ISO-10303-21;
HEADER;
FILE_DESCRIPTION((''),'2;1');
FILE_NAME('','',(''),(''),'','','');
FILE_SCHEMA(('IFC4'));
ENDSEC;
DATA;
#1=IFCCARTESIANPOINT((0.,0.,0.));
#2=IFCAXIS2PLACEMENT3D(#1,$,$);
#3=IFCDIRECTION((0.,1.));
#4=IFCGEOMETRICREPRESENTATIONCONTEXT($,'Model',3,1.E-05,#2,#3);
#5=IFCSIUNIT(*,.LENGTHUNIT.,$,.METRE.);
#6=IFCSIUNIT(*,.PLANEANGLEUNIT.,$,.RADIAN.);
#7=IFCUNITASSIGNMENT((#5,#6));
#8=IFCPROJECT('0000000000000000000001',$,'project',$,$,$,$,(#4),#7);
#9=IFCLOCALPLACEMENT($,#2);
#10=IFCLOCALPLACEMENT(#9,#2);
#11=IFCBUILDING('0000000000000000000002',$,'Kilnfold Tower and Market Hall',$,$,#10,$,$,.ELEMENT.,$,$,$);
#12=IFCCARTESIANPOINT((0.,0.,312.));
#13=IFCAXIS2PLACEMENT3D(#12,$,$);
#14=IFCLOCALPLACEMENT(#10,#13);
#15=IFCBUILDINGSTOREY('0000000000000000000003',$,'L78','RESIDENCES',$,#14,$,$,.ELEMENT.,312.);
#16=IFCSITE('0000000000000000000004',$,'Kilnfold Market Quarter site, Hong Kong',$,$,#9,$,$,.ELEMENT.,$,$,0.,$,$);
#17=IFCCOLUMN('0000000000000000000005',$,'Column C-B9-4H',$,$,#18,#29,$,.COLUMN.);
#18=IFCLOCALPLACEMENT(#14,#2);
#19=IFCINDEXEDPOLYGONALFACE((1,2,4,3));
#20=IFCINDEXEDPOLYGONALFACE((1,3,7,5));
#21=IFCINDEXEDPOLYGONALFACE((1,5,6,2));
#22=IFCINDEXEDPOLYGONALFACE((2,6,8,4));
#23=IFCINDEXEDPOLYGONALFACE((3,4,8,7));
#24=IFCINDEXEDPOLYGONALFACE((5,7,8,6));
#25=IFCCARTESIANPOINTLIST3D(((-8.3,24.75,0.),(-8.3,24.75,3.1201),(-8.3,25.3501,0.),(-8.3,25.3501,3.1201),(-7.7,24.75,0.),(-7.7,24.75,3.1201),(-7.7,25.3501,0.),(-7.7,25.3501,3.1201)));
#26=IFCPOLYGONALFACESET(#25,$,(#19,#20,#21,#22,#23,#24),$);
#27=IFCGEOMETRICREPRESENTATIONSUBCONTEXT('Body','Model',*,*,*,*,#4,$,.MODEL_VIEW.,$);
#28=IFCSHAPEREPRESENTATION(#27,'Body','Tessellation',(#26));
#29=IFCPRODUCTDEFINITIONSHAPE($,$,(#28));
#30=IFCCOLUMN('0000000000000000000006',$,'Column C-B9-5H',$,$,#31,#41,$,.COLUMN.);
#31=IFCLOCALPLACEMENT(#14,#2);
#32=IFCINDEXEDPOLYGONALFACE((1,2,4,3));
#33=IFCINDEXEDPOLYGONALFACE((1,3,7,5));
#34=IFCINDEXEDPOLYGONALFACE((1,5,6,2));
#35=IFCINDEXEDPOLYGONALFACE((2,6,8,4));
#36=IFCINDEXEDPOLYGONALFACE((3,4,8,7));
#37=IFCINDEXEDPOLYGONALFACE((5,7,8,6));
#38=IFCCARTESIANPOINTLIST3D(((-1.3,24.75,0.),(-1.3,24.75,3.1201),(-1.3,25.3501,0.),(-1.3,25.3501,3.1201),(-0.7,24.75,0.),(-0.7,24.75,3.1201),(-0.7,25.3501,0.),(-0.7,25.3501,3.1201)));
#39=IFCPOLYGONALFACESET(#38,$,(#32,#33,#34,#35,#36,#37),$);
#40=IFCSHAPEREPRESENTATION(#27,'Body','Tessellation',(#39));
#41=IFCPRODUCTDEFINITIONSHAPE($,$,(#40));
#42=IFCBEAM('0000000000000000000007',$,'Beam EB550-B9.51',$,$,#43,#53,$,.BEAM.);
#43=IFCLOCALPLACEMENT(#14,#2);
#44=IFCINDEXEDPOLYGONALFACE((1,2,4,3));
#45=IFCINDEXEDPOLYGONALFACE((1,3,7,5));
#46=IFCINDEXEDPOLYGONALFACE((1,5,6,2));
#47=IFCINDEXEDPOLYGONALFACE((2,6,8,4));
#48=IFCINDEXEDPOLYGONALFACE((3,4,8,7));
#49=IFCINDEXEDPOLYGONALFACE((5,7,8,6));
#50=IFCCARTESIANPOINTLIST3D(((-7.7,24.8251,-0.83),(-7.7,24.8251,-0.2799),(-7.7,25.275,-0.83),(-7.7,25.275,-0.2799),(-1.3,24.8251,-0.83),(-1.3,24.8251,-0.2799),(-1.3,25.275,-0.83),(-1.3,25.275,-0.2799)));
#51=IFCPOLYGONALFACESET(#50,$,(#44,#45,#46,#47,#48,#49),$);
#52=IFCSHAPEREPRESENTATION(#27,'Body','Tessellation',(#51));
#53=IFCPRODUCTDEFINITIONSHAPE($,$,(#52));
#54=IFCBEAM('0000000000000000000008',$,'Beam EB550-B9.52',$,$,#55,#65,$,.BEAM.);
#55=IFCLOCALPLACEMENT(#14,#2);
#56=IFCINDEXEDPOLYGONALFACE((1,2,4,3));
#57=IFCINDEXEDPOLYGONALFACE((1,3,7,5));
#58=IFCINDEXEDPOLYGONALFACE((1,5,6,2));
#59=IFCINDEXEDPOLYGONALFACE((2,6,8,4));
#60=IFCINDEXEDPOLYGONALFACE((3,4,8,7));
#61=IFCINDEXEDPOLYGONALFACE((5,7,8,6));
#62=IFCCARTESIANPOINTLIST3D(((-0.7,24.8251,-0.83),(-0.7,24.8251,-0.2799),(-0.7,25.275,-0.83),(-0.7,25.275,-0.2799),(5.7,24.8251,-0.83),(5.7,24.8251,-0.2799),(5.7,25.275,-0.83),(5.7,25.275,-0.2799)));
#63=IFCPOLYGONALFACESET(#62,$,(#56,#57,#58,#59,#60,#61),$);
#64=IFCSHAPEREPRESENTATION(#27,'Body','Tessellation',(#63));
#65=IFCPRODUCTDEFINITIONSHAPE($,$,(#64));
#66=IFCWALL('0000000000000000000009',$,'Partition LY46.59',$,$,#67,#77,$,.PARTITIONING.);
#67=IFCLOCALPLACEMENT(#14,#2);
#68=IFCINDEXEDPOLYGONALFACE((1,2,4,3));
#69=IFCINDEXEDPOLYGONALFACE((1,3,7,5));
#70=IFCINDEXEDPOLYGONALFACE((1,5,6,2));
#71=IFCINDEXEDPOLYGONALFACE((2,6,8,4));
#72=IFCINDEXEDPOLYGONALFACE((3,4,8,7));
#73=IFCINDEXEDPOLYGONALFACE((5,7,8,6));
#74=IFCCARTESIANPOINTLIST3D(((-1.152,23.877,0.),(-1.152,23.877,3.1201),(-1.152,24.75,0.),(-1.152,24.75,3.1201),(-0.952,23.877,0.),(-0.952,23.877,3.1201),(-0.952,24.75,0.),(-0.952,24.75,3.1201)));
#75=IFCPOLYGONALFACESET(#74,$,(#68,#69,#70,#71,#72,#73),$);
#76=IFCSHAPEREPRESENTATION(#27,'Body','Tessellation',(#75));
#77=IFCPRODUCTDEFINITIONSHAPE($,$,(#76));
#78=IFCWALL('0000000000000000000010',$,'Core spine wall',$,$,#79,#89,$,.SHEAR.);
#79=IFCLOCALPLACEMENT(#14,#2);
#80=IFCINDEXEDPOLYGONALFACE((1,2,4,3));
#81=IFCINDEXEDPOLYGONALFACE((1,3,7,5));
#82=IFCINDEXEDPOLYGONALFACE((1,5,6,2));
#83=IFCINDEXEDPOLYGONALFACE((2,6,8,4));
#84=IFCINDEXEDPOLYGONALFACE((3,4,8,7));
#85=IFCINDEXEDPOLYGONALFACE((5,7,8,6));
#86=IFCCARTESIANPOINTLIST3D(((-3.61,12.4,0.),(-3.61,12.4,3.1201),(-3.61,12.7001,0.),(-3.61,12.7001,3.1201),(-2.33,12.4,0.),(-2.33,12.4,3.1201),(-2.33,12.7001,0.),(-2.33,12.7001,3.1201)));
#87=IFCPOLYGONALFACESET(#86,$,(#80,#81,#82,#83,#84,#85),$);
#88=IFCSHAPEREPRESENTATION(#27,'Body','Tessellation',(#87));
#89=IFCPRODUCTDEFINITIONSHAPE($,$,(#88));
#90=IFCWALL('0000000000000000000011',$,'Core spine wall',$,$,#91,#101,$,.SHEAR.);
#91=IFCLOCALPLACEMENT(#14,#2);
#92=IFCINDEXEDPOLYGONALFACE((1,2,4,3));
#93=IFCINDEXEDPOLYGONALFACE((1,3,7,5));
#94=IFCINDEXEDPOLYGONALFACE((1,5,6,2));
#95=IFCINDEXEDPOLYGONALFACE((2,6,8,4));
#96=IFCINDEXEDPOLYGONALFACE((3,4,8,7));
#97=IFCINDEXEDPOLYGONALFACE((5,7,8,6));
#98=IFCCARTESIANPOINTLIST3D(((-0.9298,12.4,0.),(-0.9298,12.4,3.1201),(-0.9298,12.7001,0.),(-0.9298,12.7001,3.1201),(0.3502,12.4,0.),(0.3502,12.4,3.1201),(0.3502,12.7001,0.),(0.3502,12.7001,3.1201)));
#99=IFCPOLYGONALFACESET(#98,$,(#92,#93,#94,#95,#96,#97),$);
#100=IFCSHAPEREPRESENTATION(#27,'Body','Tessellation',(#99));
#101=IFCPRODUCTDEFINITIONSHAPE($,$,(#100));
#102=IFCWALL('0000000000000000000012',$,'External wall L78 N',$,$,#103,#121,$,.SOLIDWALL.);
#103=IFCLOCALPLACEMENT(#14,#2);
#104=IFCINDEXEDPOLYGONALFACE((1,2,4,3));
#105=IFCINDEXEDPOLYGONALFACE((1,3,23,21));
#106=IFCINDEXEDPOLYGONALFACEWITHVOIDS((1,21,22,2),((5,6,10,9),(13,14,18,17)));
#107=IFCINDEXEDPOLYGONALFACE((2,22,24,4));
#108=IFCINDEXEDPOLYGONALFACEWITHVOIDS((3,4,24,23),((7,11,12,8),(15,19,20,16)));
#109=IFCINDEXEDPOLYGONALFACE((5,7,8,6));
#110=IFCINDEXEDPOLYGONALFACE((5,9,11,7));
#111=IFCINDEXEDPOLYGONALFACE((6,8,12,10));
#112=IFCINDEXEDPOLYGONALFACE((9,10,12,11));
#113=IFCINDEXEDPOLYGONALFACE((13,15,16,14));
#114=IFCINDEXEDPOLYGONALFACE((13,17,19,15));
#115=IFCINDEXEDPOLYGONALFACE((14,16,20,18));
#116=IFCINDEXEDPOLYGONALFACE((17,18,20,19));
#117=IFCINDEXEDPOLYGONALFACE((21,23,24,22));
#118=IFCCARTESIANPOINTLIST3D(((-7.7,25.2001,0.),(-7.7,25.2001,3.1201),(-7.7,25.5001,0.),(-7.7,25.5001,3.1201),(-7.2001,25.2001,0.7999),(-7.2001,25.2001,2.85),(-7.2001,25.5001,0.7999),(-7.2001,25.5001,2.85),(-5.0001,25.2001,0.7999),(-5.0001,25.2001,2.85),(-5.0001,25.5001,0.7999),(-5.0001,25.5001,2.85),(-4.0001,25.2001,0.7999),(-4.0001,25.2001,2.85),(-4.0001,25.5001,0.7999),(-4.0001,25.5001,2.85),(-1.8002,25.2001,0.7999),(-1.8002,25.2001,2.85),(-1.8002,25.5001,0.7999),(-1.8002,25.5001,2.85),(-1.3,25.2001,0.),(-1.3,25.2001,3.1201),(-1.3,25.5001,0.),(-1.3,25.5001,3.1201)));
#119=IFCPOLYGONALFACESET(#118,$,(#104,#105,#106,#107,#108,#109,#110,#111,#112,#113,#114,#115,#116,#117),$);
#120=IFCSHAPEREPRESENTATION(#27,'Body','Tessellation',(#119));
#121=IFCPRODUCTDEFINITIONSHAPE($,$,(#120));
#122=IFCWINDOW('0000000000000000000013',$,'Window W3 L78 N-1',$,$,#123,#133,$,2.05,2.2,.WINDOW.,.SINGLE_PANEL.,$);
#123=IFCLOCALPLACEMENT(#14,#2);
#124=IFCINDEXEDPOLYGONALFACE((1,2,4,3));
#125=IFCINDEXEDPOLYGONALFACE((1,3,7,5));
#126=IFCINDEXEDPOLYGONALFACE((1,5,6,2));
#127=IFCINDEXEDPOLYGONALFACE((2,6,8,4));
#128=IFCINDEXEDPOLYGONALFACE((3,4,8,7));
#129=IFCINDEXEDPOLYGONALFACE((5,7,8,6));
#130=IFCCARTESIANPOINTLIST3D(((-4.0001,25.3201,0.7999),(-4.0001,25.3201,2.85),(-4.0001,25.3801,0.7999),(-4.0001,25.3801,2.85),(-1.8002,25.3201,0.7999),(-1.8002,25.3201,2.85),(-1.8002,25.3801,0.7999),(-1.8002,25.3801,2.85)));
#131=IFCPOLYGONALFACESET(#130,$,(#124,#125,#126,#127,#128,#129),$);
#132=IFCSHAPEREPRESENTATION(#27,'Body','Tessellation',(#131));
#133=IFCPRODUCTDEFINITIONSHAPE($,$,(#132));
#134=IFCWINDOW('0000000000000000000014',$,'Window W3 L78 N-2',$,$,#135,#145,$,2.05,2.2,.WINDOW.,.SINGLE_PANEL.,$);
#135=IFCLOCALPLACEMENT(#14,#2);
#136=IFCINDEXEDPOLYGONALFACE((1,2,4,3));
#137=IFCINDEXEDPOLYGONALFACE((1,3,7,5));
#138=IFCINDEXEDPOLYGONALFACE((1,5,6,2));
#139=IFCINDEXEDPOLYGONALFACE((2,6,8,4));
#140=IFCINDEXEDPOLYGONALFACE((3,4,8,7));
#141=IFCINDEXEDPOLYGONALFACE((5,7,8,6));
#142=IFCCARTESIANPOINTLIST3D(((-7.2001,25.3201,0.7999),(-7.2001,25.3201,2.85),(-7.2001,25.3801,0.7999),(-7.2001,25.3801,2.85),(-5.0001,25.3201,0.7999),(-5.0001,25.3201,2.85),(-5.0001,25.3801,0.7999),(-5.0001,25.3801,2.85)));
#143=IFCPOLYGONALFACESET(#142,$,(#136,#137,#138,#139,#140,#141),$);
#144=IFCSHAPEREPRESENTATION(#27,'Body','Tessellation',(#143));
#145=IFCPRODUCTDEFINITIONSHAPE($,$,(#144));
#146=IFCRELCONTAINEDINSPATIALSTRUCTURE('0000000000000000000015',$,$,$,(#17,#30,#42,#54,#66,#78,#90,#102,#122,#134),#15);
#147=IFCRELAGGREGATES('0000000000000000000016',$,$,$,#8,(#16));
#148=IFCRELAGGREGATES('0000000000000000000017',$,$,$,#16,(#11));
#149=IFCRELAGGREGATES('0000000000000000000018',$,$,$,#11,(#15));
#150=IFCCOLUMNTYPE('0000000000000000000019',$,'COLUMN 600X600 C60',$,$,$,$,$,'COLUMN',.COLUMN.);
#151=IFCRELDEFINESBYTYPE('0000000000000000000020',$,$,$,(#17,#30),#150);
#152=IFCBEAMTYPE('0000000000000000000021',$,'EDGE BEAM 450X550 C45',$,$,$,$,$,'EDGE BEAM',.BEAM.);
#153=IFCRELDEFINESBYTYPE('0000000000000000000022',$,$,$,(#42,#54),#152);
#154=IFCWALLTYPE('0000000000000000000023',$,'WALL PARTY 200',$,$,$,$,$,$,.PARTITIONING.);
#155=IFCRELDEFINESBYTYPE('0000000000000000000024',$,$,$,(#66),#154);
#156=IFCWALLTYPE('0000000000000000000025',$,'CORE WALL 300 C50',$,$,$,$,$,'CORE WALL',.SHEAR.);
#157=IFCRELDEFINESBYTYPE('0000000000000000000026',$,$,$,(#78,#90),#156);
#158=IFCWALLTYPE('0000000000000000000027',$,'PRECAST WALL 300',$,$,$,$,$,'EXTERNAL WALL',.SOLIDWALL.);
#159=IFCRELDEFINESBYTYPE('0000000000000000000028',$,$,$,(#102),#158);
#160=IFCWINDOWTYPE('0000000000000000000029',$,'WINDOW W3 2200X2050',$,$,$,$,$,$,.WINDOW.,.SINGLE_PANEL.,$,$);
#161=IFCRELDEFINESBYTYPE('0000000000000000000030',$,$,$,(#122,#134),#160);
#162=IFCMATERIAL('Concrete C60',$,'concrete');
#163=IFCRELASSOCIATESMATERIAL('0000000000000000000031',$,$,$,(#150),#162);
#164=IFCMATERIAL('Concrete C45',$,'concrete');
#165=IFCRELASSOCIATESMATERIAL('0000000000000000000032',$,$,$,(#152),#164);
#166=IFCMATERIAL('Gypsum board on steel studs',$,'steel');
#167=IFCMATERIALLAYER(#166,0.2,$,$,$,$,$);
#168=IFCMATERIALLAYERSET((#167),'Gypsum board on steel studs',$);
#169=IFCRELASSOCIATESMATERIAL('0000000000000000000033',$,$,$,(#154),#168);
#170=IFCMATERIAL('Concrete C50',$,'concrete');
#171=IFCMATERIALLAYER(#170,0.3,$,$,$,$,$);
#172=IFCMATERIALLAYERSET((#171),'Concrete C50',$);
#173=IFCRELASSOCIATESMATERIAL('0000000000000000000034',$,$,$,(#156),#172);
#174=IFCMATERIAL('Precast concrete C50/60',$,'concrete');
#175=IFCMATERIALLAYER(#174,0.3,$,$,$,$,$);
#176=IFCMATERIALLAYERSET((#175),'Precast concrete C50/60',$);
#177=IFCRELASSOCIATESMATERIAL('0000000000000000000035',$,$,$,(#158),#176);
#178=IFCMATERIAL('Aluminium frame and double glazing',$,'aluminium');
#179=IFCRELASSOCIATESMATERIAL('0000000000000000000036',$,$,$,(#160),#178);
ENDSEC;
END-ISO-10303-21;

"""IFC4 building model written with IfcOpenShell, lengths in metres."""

from ifc_helpers import new_model, si_unit, direction, frame, frame_2d, origin, origin_2d, place, context, subcontext, project, spatial, rectangle, extrude, source, transform, mapped, material, layer, layer_set, material_profile, profile_set, type_object, element, fill, save


model = new_model("IFC4")

# Units and contexts
model_context = context("Model", 3, precision=1e-05, world=origin(), true_north=direction((0.0, 1.0)))
body_context = subcontext(model_context, "Body", "Model", "MODEL_VIEW")
ifc_project = project(units=[si_unit("LENGTHUNIT", "METRE"), si_unit("PLANEANGLEUNIT", "RADIAN")], contexts=[model_context])

# Site, building, storey
site_placement = place(None, origin())
site = spatial("IfcSite", under=ifc_project, at=site_placement, Name="Kilnfold Market Quarter site, Hong Kong", CompositionType="ELEMENT", RefElevation=0.0)
building_placement = place(site_placement, origin())
building = spatial("IfcBuilding", under=site, at=building_placement, Name="Kilnfold Tower and Market Hall", CompositionType="ELEMENT")
storey_placement = place(building_placement, frame((0.0, 0.0, 312.0)))
storey = spatial("IfcBuildingStorey", under=building, at=storey_placement, Name="L78", Description="RESIDENCES", CompositionType="ELEMENT", Elevation=312.0)

# Columns
ifc_material_1 = material(Name="Concrete C60", Category="concrete")
ifc_material_profile_1 = material_profile(ifc_material_1, rectangle(XDim=0.6001, YDim=0.6001, at=origin_2d()), Name="RC 600x600")
ifc_profile_set_1 = profile_set([ifc_material_profile_1], Name="Concrete C60")
column_type = type_object("IfcColumnType", Name="COLUMN 600X600 C60", ElementType="COLUMN", PredefinedType="COLUMN", material=ifc_profile_set_1)
shared_shape_1 = source(origin(), body_context, "Body", "SweptSolid", [
    extrude(rectangle(XDim=0.6001, YDim=0.6001, at=origin_2d()), origin(), (0.0, 0.0, 1.0), 3.1201),
])
for number, where, z_axis, x_axis, name in (
    (1, (-8.0, 25.05, 0.0), (0.0, 0.0, 1.0), (1.0, 0.0, 0.0), "Column C-B9-4H"),
    (2, (-1.0, 25.05, 0.0), (0.0, 0.0, 1.0), (1.0, 0.0, 0.0), "Column C-B9-5H"),
):
    element("IfcColumn", number, at=place(storey_placement, frame(where, z_axis=z_axis, x_axis=x_axis)), inside=storey, type_object=column_type, Name=name, PredefinedType="COLUMN", context=body_context, shape_type="MappedRepresentation", body=[
        mapped(shared_shape_1, transform((0.0, 0.0, 0.0))),
    ])

# Beams
ifc_material_2 = material(Name="Concrete C45", Category="concrete")
ifc_material_profile_2 = material_profile(ifc_material_2, rectangle(XDim=0.45, YDim=0.55, at=origin_2d()), Name="RC 450x550")
ifc_profile_set_2 = profile_set([ifc_material_profile_2], Name="Concrete C45")
beam_type = type_object("IfcBeamType", Name="EDGE BEAM 450X550 C45", ElementType="EDGE BEAM", PredefinedType="BEAM", material=ifc_profile_set_2)
shared_shape_2 = source(origin(), body_context, "Body", "SweptSolid", [
    extrude(rectangle(XDim=0.45, YDim=0.55, at=origin_2d()), origin(), (0.0, 0.0, 1.0), 6.3999),
])
for number, where, z_axis, x_axis, name in (
    (3, (-7.7, 25.05, -0.5549), (1.0, 0.0, 0.0), (0.0, 1.0, 0.0), "Beam EB550-B9.51"),
    (4, (-0.7, 25.05, -0.5549), (1.0, 0.0, 0.0), (0.0, 1.0, 0.0), "Beam EB550-B9.52"),
):
    element("IfcBeam", number, at=place(storey_placement, frame(where, z_axis=z_axis, x_axis=x_axis)), inside=storey, type_object=beam_type, Name=name, PredefinedType="BEAM", context=body_context, shape_type="MappedRepresentation", body=[
        mapped(shared_shape_2, transform((0.0, 0.0, 0.0))),
    ])

# Walls
ifc_material_3 = material(Name="Gypsum board on steel studs", Category="steel")
ifc_layer_1 = layer(ifc_material_3, 0.2)
ifc_layer_set_1 = layer_set([ifc_layer_1], Name="Gypsum board on steel studs")
wall_type_1 = type_object("IfcWallType", Name="WALL PARTY 200", PredefinedType="PARTITIONING", material=ifc_layer_set_1)
wall_1_placement = place(storey_placement, frame((-1.052, 23.877, 0.0), z_axis=(0.0, 0.0, 1.0), x_axis=(0.0, 1.0, 0.0)))
element("IfcWall", 5, at=wall_1_placement, inside=storey, type_object=wall_type_1, Name="Partition LY46.59", PredefinedType="PARTITIONING", context=body_context, shape_type="SweptSolid", body=[
    extrude(rectangle(XDim=0.873, YDim=0.2, at=frame_2d((0.4365, 0.0))), origin(), (0.0, 0.0, 1.0), 3.1201),
])
ifc_material_4 = material(Name="Concrete C50", Category="concrete")
ifc_layer_2 = layer(ifc_material_4, 0.3)
ifc_layer_set_2 = layer_set([ifc_layer_2], Name="Concrete C50")
wall_type_2 = type_object("IfcWallType", Name="CORE WALL 300 C50", ElementType="CORE WALL", PredefinedType="SHEAR", material=ifc_layer_set_2)
shared_shape_3 = source(origin(), body_context, "Body", "SweptSolid", [
    extrude(rectangle(XDim=1.28, YDim=0.3, at=frame_2d((0.6401, 0.0))), origin(), (0.0, 0.0, 1.0), 3.1201),
])
for number, where, z_axis, x_axis, name in (
    (6, (-3.6101, 12.55, 0.0), (0.0, 0.0, 1.0), (1.0, 0.0, 0.0), "Core spine wall"),
    (7, (-0.9299, 12.55, 0.0), (0.0, 0.0, 1.0), (1.0, 0.0, 0.0), "Core spine wall"),
):
    element("IfcWall", number, at=place(storey_placement, frame(where, z_axis=z_axis, x_axis=x_axis)), inside=storey, type_object=wall_type_2, Name=name, PredefinedType="SHEAR", context=body_context, shape_type="MappedRepresentation", body=[
        mapped(shared_shape_3, transform((0.0, 0.0, 0.0))),
    ])

# Wall, openings, windows
ifc_material_5 = material(Name="Precast concrete C50/60", Category="concrete")
ifc_layer_3 = layer(ifc_material_5, 0.3)
ifc_layer_set_3 = layer_set([ifc_layer_3], Name="Precast concrete C50/60")
wall_type_3 = type_object("IfcWallType", Name="PRECAST WALL 300", ElementType="EXTERNAL WALL", PredefinedType="SOLIDWALL", material=ifc_layer_set_3)
shared_shape_4 = source(origin(), body_context, "Body", "SweptSolid", [
    extrude(rectangle(XDim=6.3999, YDim=0.3, at=frame_2d((3.2, 0.0))), origin(), (0.0, 0.0, 1.0), 3.1201),
])
wall_2_placement = place(storey_placement, frame((-1.3, 25.3501, 0.0), z_axis=(0.0, 0.0, 1.0), x_axis=(-1.0, 0.0, 0.0)))
wall_2 = element("IfcWall", 8, at=wall_2_placement, inside=storey, type_object=wall_type_3, Name="External wall L78 N", PredefinedType="SOLIDWALL", context=body_context, shape_type="MappedRepresentation", body=[
    mapped(shared_shape_4, transform((0.0, 0.0, 0.0))),
])
opening_1_placement = place(wall_2_placement, frame((0.5, 0.0, 0.8)))
opening_1 = element("IfcOpeningElement", 9, at=opening_1_placement, cuts=wall_2, PredefinedType="OPENING", context=body_context, shape_type="SweptSolid", body=[
    extrude(rectangle(XDim=2.2, YDim=2.05, at=frame_2d((1.1001, 1.0249))), frame((0.0, 0.1602, 0.0), z_axis=(0.0, -1.0, 0.0), x_axis=(1.0, 0.0, 0.0)), (0.0, 0.0, 1.0), 0.3201),
])
opening_2_placement = place(wall_2_placement, frame((3.7, 0.0, 0.8)))
opening_2 = element("IfcOpeningElement", 10, at=opening_2_placement, cuts=wall_2, PredefinedType="OPENING", context=body_context, shape_type="SweptSolid", body=[
    extrude(rectangle(XDim=2.2, YDim=2.05, at=frame_2d((1.1001, 1.0249))), frame((0.0, 0.1602, 0.0), z_axis=(0.0, -1.0, 0.0), x_axis=(1.0, 0.0, 0.0)), (0.0, 0.0, 1.0), 0.3201),
])
ifc_material_6 = material(Name="Aluminium frame and double glazing", Category="aluminium")
window_type = type_object("IfcWindowType", Name="WINDOW W3 2200X2050", PartitioningType="SINGLE_PANEL", PredefinedType="WINDOW", material=ifc_material_6)
window_1_placement = place(opening_1_placement, origin())
window_1 = element("IfcWindow", 11, at=window_1_placement, inside=storey, type_object=window_type, Name="Window W3 L78 N-1", OverallHeight=2.05, OverallWidth=2.2, PartitioningType="SINGLE_PANEL", PredefinedType="WINDOW", context=body_context, shape_type="SweptSolid", body=[
    extrude(rectangle(XDim=2.2, YDim=2.05, at=frame_2d((1.1001, 1.0249))), frame((0.0, 0.03, 0.0), z_axis=(0.0, -1.0, 0.0), x_axis=(1.0, 0.0, 0.0)), (0.0, 0.0, 1.0), 0.0601),
])
fill(opening_1, window_1)
window_2_placement = place(opening_2_placement, origin())
window_2 = element("IfcWindow", 12, at=window_2_placement, inside=storey, type_object=window_type, Name="Window W3 L78 N-2", OverallHeight=2.05, OverallWidth=2.2, PartitioningType="SINGLE_PANEL", PredefinedType="WINDOW", context=body_context, shape_type="SweptSolid", body=[
    extrude(rectangle(XDim=2.2, YDim=2.05, at=frame_2d((1.1001, 1.0249))), frame((0.0, 0.03, 0.0), z_axis=(0.0, -1.0, 0.0), x_axis=(1.0, 0.0, 0.0)), (0.0, 0.0, 1.0), 0.0601),
])
fill(opening_2, window_2)

save(model, "model.ifc")
